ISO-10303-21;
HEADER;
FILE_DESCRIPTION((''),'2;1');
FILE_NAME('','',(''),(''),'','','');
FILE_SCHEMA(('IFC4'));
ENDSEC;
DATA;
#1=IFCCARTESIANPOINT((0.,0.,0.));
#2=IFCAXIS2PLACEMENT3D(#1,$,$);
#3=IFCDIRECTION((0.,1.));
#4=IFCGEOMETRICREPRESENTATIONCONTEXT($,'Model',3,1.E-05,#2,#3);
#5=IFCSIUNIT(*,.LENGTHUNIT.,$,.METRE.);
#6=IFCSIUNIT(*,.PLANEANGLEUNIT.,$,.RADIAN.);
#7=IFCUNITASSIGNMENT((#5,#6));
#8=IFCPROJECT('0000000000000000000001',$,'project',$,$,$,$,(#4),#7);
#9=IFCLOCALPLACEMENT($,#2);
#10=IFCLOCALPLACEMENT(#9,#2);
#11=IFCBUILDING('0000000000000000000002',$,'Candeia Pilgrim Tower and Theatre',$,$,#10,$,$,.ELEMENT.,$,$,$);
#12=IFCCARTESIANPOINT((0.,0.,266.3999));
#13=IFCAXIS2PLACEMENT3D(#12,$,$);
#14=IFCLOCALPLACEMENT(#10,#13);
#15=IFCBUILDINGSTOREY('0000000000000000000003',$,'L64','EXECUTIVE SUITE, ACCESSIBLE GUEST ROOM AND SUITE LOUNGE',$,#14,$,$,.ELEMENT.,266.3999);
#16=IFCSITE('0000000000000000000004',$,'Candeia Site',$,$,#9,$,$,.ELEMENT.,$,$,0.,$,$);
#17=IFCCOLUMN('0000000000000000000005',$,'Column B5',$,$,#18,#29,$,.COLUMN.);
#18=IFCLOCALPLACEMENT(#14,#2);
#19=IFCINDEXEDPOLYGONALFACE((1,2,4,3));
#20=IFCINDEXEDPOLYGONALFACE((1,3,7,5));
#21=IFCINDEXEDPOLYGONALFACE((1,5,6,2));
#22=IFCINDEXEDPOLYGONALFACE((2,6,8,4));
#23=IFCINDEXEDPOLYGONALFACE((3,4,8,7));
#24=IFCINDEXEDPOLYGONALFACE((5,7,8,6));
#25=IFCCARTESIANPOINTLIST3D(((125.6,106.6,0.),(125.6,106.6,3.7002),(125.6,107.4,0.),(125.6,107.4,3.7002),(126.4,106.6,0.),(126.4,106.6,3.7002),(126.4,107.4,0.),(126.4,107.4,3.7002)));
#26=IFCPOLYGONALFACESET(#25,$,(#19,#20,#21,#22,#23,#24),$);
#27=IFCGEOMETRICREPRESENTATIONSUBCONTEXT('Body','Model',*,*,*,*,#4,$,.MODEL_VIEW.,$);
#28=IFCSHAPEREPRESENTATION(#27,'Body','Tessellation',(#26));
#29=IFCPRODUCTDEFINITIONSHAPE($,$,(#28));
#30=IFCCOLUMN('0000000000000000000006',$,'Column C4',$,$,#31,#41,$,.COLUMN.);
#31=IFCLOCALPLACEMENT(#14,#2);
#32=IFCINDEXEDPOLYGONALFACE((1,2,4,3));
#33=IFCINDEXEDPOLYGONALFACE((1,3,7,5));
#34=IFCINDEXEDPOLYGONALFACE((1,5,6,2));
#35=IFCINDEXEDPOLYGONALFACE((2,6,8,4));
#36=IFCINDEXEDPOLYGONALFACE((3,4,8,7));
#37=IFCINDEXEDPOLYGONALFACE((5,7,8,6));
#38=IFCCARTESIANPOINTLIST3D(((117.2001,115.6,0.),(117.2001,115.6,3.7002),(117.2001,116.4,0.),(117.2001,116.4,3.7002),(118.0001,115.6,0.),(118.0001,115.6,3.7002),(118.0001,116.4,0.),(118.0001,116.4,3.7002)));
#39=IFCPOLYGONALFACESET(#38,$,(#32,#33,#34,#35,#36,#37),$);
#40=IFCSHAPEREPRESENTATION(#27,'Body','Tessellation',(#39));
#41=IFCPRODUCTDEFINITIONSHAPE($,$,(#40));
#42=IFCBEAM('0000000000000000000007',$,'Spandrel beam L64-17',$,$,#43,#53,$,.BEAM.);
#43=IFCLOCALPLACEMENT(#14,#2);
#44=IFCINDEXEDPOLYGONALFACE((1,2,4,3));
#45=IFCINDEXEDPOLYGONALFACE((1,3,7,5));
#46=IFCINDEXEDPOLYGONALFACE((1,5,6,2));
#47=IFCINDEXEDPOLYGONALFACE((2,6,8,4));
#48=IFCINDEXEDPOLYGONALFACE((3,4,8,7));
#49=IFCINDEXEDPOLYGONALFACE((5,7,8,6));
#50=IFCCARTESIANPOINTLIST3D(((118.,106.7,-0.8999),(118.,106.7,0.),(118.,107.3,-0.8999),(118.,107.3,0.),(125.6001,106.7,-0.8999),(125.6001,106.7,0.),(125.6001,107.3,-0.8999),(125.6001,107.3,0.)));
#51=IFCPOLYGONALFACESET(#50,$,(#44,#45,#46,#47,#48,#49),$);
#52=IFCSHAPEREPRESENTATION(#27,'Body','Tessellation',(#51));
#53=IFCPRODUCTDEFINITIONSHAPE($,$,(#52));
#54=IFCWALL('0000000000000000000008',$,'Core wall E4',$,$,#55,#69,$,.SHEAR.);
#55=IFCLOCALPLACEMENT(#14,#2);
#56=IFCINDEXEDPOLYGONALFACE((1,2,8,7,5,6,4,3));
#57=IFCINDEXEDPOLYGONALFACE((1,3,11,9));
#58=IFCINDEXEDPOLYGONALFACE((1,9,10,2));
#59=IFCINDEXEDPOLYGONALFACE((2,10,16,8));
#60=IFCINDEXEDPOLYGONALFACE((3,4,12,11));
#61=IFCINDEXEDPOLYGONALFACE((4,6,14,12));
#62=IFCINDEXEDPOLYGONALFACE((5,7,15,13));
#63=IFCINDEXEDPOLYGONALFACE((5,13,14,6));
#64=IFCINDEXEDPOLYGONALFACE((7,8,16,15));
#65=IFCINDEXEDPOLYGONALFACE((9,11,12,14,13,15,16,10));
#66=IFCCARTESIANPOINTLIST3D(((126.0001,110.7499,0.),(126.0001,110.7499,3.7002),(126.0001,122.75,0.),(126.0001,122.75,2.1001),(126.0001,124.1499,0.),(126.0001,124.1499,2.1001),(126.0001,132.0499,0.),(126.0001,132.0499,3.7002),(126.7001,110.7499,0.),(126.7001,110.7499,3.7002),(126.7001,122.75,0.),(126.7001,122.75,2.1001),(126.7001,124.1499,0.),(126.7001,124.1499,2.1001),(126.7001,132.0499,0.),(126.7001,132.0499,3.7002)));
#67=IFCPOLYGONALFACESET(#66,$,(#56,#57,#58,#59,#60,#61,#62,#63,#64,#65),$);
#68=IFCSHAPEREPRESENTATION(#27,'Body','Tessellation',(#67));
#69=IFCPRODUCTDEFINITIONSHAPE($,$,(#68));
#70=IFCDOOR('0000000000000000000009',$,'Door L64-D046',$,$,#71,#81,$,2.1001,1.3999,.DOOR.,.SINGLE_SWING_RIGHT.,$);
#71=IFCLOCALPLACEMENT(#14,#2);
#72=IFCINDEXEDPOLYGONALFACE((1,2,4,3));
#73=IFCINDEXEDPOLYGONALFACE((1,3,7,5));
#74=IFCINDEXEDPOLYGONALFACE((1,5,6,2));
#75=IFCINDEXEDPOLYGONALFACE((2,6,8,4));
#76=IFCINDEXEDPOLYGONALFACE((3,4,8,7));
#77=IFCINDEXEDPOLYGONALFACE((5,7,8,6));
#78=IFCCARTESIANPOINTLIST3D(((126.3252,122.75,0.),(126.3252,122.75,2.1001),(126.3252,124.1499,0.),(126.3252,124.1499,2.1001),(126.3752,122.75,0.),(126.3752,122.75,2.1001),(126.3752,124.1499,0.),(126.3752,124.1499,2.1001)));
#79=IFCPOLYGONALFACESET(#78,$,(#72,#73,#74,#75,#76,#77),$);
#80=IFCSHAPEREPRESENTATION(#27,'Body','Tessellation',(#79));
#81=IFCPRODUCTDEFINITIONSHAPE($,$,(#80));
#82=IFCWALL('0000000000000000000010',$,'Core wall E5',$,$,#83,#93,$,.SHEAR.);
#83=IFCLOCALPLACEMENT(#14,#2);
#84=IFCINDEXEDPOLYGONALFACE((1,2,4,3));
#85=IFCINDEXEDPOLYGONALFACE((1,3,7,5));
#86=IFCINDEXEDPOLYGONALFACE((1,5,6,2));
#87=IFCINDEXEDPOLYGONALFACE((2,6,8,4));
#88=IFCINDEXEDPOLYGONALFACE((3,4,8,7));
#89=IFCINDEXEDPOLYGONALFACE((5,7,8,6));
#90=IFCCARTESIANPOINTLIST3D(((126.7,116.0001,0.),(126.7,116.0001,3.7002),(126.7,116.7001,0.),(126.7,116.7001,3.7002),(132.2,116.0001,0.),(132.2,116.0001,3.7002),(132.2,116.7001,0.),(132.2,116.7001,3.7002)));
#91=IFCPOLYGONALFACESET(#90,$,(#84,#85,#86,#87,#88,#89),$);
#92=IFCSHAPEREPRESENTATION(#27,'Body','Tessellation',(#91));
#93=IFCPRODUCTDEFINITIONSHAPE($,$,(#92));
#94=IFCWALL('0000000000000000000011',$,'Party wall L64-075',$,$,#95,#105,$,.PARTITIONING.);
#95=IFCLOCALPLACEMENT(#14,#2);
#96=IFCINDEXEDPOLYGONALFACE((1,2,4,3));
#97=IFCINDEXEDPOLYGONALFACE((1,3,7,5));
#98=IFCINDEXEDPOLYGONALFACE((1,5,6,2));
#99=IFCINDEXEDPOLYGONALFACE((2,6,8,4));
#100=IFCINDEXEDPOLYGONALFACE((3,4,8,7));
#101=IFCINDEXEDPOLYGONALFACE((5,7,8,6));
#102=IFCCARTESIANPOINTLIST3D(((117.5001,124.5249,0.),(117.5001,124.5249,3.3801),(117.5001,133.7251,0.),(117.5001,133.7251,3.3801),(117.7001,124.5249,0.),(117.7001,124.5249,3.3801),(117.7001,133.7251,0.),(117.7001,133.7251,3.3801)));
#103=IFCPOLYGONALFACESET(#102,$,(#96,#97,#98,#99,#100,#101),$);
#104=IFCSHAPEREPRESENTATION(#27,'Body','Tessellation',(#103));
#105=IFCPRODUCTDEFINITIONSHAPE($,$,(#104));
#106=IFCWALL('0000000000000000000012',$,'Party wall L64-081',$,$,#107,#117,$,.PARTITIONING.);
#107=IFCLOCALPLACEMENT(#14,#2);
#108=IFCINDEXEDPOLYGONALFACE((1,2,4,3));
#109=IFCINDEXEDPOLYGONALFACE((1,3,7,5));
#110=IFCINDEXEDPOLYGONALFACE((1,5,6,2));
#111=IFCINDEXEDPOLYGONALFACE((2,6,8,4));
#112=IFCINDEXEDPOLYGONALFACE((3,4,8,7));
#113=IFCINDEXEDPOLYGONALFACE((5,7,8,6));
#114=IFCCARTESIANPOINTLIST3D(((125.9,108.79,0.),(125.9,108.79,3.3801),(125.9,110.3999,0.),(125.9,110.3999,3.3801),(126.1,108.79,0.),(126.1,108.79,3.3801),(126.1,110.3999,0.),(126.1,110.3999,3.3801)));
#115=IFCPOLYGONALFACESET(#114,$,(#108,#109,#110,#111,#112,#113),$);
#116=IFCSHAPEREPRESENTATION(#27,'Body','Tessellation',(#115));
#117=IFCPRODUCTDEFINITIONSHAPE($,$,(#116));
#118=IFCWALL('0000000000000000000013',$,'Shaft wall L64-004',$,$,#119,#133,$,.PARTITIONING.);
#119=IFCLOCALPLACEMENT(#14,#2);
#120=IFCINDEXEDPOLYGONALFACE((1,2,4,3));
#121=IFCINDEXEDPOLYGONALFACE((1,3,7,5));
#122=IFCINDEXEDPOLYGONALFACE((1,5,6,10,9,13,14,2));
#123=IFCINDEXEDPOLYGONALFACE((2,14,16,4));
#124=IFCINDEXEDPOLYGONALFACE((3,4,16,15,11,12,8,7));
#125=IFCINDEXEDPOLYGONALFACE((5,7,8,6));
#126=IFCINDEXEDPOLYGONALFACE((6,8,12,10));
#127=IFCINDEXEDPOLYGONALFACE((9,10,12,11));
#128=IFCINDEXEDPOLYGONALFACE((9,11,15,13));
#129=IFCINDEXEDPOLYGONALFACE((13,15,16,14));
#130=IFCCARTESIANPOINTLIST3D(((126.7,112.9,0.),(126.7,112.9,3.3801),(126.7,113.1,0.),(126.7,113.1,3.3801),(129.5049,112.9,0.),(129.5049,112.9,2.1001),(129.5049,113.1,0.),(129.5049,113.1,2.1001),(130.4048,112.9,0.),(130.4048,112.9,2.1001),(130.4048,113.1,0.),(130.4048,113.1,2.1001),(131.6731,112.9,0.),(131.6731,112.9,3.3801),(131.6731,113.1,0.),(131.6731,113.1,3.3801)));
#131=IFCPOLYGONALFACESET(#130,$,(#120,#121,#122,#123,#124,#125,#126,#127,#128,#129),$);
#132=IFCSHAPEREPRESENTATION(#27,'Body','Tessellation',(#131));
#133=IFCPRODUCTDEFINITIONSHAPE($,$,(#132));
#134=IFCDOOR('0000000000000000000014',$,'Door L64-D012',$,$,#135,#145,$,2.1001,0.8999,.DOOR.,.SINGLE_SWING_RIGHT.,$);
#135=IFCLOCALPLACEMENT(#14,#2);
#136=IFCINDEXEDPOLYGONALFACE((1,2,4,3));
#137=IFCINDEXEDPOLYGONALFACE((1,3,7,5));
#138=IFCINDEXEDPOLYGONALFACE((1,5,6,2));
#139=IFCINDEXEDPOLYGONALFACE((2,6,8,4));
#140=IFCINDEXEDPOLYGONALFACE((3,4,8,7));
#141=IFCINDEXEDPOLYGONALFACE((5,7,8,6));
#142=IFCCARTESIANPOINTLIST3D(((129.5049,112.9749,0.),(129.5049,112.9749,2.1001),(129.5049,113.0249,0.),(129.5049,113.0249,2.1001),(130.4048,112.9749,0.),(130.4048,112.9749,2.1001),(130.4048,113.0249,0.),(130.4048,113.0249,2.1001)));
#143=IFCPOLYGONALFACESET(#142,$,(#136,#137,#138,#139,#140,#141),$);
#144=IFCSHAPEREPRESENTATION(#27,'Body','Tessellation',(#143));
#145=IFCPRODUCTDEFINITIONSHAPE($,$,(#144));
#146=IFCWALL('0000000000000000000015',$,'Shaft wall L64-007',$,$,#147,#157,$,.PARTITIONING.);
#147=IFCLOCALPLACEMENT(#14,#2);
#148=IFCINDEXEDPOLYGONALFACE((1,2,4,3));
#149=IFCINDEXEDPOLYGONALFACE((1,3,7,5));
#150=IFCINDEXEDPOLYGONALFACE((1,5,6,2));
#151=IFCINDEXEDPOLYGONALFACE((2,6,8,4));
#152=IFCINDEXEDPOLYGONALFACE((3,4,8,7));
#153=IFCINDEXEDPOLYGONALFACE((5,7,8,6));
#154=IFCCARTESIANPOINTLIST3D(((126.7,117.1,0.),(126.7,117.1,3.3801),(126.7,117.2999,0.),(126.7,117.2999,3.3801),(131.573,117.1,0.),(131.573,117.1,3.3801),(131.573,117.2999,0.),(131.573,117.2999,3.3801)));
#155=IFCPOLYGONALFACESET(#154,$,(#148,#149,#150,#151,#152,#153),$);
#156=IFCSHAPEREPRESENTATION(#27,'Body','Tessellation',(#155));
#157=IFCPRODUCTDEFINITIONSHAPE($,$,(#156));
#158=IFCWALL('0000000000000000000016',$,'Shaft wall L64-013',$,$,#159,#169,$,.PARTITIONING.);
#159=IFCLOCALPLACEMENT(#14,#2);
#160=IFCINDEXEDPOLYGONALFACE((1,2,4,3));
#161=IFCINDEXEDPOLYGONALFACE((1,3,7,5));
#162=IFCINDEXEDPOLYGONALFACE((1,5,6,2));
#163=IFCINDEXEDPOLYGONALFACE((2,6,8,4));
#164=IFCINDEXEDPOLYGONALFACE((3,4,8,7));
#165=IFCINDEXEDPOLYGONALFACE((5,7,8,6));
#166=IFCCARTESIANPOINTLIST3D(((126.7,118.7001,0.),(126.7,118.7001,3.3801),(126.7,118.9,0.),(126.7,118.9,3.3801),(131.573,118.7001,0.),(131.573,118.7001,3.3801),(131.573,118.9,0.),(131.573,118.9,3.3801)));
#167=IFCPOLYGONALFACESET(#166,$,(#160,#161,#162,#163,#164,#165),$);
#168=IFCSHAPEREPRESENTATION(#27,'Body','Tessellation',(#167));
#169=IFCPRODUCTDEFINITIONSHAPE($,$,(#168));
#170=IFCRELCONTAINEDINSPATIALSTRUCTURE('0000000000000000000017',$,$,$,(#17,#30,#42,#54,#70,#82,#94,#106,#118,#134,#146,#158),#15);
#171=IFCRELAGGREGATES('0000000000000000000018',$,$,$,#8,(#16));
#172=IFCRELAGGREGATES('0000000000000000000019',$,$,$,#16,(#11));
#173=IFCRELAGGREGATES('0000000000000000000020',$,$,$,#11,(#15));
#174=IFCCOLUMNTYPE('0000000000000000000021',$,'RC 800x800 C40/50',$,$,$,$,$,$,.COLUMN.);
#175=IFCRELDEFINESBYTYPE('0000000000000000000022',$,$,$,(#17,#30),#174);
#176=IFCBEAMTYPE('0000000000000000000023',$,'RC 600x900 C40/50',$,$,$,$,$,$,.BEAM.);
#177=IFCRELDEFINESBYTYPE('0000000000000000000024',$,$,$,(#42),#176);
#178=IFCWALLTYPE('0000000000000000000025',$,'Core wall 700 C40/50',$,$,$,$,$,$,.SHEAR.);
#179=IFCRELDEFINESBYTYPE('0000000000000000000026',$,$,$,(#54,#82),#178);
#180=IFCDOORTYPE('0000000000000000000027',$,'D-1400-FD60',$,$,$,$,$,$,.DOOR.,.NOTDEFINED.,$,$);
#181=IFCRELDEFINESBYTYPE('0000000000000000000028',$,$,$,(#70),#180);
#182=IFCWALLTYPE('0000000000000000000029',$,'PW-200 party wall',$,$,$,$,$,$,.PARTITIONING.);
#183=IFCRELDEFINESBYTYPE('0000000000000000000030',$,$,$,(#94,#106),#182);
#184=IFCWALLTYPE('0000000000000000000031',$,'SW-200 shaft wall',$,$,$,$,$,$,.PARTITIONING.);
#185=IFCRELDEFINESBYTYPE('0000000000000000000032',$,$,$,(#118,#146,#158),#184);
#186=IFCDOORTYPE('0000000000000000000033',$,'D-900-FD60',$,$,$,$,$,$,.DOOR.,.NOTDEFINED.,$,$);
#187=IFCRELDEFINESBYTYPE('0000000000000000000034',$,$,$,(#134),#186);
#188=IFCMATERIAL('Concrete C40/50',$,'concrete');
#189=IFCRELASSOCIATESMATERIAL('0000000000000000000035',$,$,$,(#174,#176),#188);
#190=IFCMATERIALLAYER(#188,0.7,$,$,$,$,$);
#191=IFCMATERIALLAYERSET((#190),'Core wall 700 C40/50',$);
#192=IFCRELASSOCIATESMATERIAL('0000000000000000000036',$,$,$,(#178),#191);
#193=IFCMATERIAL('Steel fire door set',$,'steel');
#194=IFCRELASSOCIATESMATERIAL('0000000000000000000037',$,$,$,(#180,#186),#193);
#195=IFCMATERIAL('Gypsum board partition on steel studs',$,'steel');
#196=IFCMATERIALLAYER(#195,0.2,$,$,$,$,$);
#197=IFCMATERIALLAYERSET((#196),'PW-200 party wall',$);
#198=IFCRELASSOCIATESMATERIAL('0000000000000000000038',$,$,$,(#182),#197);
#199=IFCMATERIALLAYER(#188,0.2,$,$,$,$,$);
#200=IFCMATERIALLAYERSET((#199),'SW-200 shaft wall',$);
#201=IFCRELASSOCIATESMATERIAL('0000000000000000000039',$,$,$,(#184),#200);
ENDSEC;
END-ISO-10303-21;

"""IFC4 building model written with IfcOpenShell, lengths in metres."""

from ifc_helpers import new_model, si_unit, direction, frame, frame_2d, origin, origin_2d, place, context, subcontext, project, spatial, rectangle, extrude, material, layer, layer_set, material_profile, profile_set, type_object, element, fill, save


model = new_model("IFC4")

# Units and contexts
model_context = context("Model", 3, precision=1e-05, world=origin(), true_north=direction((0.0, 1.0)))
body_context = subcontext(model_context, "Body", "Model", "MODEL_VIEW")
ifc_project = project(units=[si_unit("LENGTHUNIT", "METRE"), si_unit("PLANEANGLEUNIT", "RADIAN")], contexts=[model_context])

# Site, building, storey
site_placement = place(None, origin())
site = spatial("IfcSite", under=ifc_project, at=site_placement, Name="Candeia Site", CompositionType="ELEMENT", RefElevation=0.0)
building_placement = place(site_placement, origin())
building = spatial("IfcBuilding", under=site, at=building_placement, Name="Candeia Pilgrim Tower and Theatre", CompositionType="ELEMENT")
storey_placement = place(building_placement, frame((0.0, 0.0, 266.3999)))
storey = spatial("IfcBuildingStorey", under=building, at=storey_placement, Name="L64", Description="EXECUTIVE SUITE, ACCESSIBLE GUEST ROOM AND SUITE LOUNGE", CompositionType="ELEMENT", Elevation=266.3999)

# Columns
ifc_material_1 = material(Name="Concrete C40/50", Category="concrete")
ifc_material_profile_1 = material_profile(ifc_material_1, rectangle(XDim=0.8, YDim=0.8, at=origin_2d()))
ifc_profile_set_1 = profile_set([ifc_material_profile_1], Name="Concrete C40/50")
column_type = type_object("IfcColumnType", Name="RC 800x800 C40/50", PredefinedType="COLUMN", material=ifc_profile_set_1)
for number, where, z_axis, x_axis, name in (
    (1, (126.0, 107.0, 0.0), (0.0, 0.0, 1.0), (1.0, 0.0, 0.0), "Column B5"),
    (2, (117.6001, 116.0, 0.0), (0.0, 0.0, 1.0), (1.0, 0.0, 0.0), "Column C4"),
):
    element("IfcColumn", number, at=place(storey_placement, frame(where, z_axis=z_axis, x_axis=x_axis)), inside=storey, type_object=column_type, Name=name, PredefinedType="COLUMN", context=body_context, shape_type="SweptSolid", body=[
        extrude(rectangle(XDim=0.8, YDim=0.8, at=origin_2d()), origin(), (0.0, 0.0, 1.0), 3.7002),
    ])

# Beam
ifc_material_profile_2 = material_profile(ifc_material_1, rectangle(XDim=0.6001, YDim=0.8999, at=origin_2d()))
ifc_profile_set_2 = profile_set([ifc_material_profile_2], Name="Concrete C40/50")
beam_type = type_object("IfcBeamType", Name="RC 600x900 C40/50", PredefinedType="BEAM", material=ifc_profile_set_2)
beam_placement = place(storey_placement, frame((125.6001, 107.0, -0.45), z_axis=(-1.0, 0.0, 0.0), x_axis=(0.0, -1.0, 0.0)))
element("IfcBeam", 3, at=beam_placement, inside=storey, type_object=beam_type, Name="Spandrel beam L64-17", PredefinedType="BEAM", context=body_context, shape_type="SweptSolid", body=[
    extrude(rectangle(XDim=0.6001, YDim=0.8999, at=origin_2d()), origin(), (0.0, 0.0, 1.0), 7.6001),
])

# Wall, opening, door
ifc_layer_1 = layer(ifc_material_1, 0.7)
ifc_layer_set_1 = layer_set([ifc_layer_1], Name="Core wall 700 C40/50")
wall_type_1 = type_object("IfcWallType", Name="Core wall 700 C40/50", PredefinedType="SHEAR", material=ifc_layer_set_1)
wall_1_placement = place(storey_placement, frame((126.3501, 110.75, 0.0), z_axis=(0.0, 0.0, 1.0), x_axis=(0.0, 1.0, 0.0)))
wall_1 = element("IfcWall", 4, at=wall_1_placement, inside=storey, type_object=wall_type_1, Name="Core wall E4", PredefinedType="SHEAR", context=body_context, shape_type="SweptSolid", body=[
    extrude(rectangle(XDim=21.3, YDim=0.7, at=frame_2d((10.6499, 0.0))), origin(), (0.0, 0.0, 1.0), 3.7002),
])
opening_1_placement = place(wall_1_placement, frame((12.0, 0.0, 0.0)))
opening_1 = element("IfcOpeningElement", 5, at=opening_1_placement, cuts=wall_1, PredefinedType="OPENING", context=body_context, shape_type="SweptSolid", body=[
    extrude(rectangle(XDim=1.3999, YDim=2.1001, at=frame_2d((0.7, 1.05))), frame((0.0, 0.3599, 0.0), z_axis=(0.0, -1.0, 0.0), x_axis=(1.0, 0.0, 0.0)), (0.0, 0.0, 1.0), 0.72),
])
ifc_material_2 = material(Name="Steel fire door set", Category="steel")
door_type_1 = type_object("IfcDoorType", Name="D-1400-FD60", OperationType="NOTDEFINED", PredefinedType="DOOR", material=ifc_material_2)
door_1_placement = place(opening_1_placement, origin())
door_1 = element("IfcDoor", 6, at=door_1_placement, inside=storey, type_object=door_type_1, Name="Door L64-D046", OperationType="SINGLE_SWING_RIGHT", OverallHeight=2.1001, OverallWidth=1.3999, PredefinedType="DOOR", context=body_context, shape_type="SweptSolid", body=[
    extrude(rectangle(XDim=1.3999, YDim=2.1001, at=frame_2d((0.7, 1.05))), frame((0.0, 0.0249, 0.0), z_axis=(0.0, -1.0, 0.0), x_axis=(1.0, 0.0, 0.0)), (0.0, 0.0, 1.0), 0.05),
])
fill(opening_1, door_1)

# Walls
wall_2_placement = place(storey_placement, frame((126.7, 116.3501, 0.0), z_axis=(0.0, 0.0, 1.0), x_axis=(1.0, 0.0, 0.0)))
element("IfcWall", 7, at=wall_2_placement, inside=storey, type_object=wall_type_1, Name="Core wall E5", PredefinedType="SHEAR", context=body_context, shape_type="SweptSolid", body=[
    extrude(rectangle(XDim=5.5, YDim=0.7, at=frame_2d((2.75, 0.0))), origin(), (0.0, 0.0, 1.0), 3.7002),
])
ifc_material_3 = material(Name="Gypsum board partition on steel studs", Category="steel")
ifc_layer_2 = layer(ifc_material_3, 0.2)
ifc_layer_set_2 = layer_set([ifc_layer_2], Name="PW-200 party wall")
wall_type_2 = type_object("IfcWallType", Name="PW-200 party wall", PredefinedType="PARTITIONING", material=ifc_layer_set_2)
wall_3_placement = place(storey_placement, frame((117.6001, 124.5249, 0.0), z_axis=(0.0, 0.0, 1.0), x_axis=(0.0, 1.0, 0.0)))
element("IfcWall", 8, at=wall_3_placement, inside=storey, type_object=wall_type_2, Name="Party wall L64-075", PredefinedType="PARTITIONING", context=body_context, shape_type="SweptSolid", body=[
    extrude(rectangle(XDim=9.2002, YDim=0.2, at=frame_2d((4.6001, 0.0))), origin(), (0.0, 0.0, 1.0), 3.3801),
])
wall_4_placement = place(storey_placement, frame((126.0, 108.79, 0.0), z_axis=(0.0, 0.0, 1.0), x_axis=(0.0, 1.0, 0.0)))
element("IfcWall", 9, at=wall_4_placement, inside=storey, type_object=wall_type_2, Name="Party wall L64-081", PredefinedType="PARTITIONING", context=body_context, shape_type="SweptSolid", body=[
    extrude(rectangle(XDim=1.6099, YDim=0.2, at=frame_2d((0.8049, 0.0))), origin(), (0.0, 0.0, 1.0), 3.3801),
])

# Wall, opening, door
ifc_layer_3 = layer(ifc_material_1, 0.2)
ifc_layer_set_3 = layer_set([ifc_layer_3], Name="SW-200 shaft wall")
wall_type_3 = type_object("IfcWallType", Name="SW-200 shaft wall", PredefinedType="PARTITIONING", material=ifc_layer_set_3)
wall_5_placement = place(storey_placement, frame((126.7, 113.0, 0.0), z_axis=(0.0, 0.0, 1.0), x_axis=(1.0, 0.0, 0.0)))
wall_5 = element("IfcWall", 10, at=wall_5_placement, inside=storey, type_object=wall_type_3, Name="Shaft wall L64-004", PredefinedType="PARTITIONING", context=body_context, shape_type="SweptSolid", body=[
    extrude(rectangle(XDim=4.9731, YDim=0.2, at=frame_2d((2.4866, 0.0))), origin(), (0.0, 0.0, 1.0), 3.3801),
])
opening_2_placement = place(wall_5_placement, frame((2.8049, 0.0, 0.0)))
opening_2 = element("IfcOpeningElement", 11, at=opening_2_placement, cuts=wall_5, PredefinedType="OPENING", context=body_context, shape_type="SweptSolid", body=[
    extrude(rectangle(XDim=0.8999, YDim=2.1001, at=frame_2d((0.45, 1.05))), frame((0.0, 0.1099, 0.0), z_axis=(0.0, -1.0, 0.0), x_axis=(1.0, 0.0, 0.0)), (0.0, 0.0, 1.0), 0.22),
])
door_type_2 = type_object("IfcDoorType", Name="D-900-FD60", OperationType="NOTDEFINED", PredefinedType="DOOR", material=ifc_material_2)
door_2_placement = place(opening_2_placement, origin())
door_2 = element("IfcDoor", 12, at=door_2_placement, inside=storey, type_object=door_type_2, Name="Door L64-D012", OperationType="SINGLE_SWING_RIGHT", OverallHeight=2.1001, OverallWidth=0.8999, PredefinedType="DOOR", context=body_context, shape_type="SweptSolid", body=[
    extrude(rectangle(XDim=0.8999, YDim=2.1001, at=frame_2d((0.45, 1.05))), frame((0.0, 0.0249, 0.0), z_axis=(0.0, -1.0, 0.0), x_axis=(1.0, 0.0, 0.0)), (0.0, 0.0, 1.0), 0.05),
])
fill(opening_2, door_2)

# Walls
for number, where, z_axis, x_axis, name in (
    (13, (126.7, 117.2, 0.0), (0.0, 0.0, 1.0), (1.0, 0.0, 0.0), "Shaft wall L64-007"),
    (14, (126.7, 118.8, 0.0), (0.0, 0.0, 1.0), (1.0, 0.0, 0.0), "Shaft wall L64-013"),
):
    element("IfcWall", number, at=place(storey_placement, frame(where, z_axis=z_axis, x_axis=x_axis)), inside=storey, type_object=wall_type_3, Name=name, PredefinedType="PARTITIONING", context=body_context, shape_type="SweptSolid", body=[
        extrude(rectangle(XDim=4.873, YDim=0.2, at=frame_2d((2.4365, 0.0))), origin(), (0.0, 0.0, 1.0), 3.3801),
    ])

save(model, "model.ifc")
